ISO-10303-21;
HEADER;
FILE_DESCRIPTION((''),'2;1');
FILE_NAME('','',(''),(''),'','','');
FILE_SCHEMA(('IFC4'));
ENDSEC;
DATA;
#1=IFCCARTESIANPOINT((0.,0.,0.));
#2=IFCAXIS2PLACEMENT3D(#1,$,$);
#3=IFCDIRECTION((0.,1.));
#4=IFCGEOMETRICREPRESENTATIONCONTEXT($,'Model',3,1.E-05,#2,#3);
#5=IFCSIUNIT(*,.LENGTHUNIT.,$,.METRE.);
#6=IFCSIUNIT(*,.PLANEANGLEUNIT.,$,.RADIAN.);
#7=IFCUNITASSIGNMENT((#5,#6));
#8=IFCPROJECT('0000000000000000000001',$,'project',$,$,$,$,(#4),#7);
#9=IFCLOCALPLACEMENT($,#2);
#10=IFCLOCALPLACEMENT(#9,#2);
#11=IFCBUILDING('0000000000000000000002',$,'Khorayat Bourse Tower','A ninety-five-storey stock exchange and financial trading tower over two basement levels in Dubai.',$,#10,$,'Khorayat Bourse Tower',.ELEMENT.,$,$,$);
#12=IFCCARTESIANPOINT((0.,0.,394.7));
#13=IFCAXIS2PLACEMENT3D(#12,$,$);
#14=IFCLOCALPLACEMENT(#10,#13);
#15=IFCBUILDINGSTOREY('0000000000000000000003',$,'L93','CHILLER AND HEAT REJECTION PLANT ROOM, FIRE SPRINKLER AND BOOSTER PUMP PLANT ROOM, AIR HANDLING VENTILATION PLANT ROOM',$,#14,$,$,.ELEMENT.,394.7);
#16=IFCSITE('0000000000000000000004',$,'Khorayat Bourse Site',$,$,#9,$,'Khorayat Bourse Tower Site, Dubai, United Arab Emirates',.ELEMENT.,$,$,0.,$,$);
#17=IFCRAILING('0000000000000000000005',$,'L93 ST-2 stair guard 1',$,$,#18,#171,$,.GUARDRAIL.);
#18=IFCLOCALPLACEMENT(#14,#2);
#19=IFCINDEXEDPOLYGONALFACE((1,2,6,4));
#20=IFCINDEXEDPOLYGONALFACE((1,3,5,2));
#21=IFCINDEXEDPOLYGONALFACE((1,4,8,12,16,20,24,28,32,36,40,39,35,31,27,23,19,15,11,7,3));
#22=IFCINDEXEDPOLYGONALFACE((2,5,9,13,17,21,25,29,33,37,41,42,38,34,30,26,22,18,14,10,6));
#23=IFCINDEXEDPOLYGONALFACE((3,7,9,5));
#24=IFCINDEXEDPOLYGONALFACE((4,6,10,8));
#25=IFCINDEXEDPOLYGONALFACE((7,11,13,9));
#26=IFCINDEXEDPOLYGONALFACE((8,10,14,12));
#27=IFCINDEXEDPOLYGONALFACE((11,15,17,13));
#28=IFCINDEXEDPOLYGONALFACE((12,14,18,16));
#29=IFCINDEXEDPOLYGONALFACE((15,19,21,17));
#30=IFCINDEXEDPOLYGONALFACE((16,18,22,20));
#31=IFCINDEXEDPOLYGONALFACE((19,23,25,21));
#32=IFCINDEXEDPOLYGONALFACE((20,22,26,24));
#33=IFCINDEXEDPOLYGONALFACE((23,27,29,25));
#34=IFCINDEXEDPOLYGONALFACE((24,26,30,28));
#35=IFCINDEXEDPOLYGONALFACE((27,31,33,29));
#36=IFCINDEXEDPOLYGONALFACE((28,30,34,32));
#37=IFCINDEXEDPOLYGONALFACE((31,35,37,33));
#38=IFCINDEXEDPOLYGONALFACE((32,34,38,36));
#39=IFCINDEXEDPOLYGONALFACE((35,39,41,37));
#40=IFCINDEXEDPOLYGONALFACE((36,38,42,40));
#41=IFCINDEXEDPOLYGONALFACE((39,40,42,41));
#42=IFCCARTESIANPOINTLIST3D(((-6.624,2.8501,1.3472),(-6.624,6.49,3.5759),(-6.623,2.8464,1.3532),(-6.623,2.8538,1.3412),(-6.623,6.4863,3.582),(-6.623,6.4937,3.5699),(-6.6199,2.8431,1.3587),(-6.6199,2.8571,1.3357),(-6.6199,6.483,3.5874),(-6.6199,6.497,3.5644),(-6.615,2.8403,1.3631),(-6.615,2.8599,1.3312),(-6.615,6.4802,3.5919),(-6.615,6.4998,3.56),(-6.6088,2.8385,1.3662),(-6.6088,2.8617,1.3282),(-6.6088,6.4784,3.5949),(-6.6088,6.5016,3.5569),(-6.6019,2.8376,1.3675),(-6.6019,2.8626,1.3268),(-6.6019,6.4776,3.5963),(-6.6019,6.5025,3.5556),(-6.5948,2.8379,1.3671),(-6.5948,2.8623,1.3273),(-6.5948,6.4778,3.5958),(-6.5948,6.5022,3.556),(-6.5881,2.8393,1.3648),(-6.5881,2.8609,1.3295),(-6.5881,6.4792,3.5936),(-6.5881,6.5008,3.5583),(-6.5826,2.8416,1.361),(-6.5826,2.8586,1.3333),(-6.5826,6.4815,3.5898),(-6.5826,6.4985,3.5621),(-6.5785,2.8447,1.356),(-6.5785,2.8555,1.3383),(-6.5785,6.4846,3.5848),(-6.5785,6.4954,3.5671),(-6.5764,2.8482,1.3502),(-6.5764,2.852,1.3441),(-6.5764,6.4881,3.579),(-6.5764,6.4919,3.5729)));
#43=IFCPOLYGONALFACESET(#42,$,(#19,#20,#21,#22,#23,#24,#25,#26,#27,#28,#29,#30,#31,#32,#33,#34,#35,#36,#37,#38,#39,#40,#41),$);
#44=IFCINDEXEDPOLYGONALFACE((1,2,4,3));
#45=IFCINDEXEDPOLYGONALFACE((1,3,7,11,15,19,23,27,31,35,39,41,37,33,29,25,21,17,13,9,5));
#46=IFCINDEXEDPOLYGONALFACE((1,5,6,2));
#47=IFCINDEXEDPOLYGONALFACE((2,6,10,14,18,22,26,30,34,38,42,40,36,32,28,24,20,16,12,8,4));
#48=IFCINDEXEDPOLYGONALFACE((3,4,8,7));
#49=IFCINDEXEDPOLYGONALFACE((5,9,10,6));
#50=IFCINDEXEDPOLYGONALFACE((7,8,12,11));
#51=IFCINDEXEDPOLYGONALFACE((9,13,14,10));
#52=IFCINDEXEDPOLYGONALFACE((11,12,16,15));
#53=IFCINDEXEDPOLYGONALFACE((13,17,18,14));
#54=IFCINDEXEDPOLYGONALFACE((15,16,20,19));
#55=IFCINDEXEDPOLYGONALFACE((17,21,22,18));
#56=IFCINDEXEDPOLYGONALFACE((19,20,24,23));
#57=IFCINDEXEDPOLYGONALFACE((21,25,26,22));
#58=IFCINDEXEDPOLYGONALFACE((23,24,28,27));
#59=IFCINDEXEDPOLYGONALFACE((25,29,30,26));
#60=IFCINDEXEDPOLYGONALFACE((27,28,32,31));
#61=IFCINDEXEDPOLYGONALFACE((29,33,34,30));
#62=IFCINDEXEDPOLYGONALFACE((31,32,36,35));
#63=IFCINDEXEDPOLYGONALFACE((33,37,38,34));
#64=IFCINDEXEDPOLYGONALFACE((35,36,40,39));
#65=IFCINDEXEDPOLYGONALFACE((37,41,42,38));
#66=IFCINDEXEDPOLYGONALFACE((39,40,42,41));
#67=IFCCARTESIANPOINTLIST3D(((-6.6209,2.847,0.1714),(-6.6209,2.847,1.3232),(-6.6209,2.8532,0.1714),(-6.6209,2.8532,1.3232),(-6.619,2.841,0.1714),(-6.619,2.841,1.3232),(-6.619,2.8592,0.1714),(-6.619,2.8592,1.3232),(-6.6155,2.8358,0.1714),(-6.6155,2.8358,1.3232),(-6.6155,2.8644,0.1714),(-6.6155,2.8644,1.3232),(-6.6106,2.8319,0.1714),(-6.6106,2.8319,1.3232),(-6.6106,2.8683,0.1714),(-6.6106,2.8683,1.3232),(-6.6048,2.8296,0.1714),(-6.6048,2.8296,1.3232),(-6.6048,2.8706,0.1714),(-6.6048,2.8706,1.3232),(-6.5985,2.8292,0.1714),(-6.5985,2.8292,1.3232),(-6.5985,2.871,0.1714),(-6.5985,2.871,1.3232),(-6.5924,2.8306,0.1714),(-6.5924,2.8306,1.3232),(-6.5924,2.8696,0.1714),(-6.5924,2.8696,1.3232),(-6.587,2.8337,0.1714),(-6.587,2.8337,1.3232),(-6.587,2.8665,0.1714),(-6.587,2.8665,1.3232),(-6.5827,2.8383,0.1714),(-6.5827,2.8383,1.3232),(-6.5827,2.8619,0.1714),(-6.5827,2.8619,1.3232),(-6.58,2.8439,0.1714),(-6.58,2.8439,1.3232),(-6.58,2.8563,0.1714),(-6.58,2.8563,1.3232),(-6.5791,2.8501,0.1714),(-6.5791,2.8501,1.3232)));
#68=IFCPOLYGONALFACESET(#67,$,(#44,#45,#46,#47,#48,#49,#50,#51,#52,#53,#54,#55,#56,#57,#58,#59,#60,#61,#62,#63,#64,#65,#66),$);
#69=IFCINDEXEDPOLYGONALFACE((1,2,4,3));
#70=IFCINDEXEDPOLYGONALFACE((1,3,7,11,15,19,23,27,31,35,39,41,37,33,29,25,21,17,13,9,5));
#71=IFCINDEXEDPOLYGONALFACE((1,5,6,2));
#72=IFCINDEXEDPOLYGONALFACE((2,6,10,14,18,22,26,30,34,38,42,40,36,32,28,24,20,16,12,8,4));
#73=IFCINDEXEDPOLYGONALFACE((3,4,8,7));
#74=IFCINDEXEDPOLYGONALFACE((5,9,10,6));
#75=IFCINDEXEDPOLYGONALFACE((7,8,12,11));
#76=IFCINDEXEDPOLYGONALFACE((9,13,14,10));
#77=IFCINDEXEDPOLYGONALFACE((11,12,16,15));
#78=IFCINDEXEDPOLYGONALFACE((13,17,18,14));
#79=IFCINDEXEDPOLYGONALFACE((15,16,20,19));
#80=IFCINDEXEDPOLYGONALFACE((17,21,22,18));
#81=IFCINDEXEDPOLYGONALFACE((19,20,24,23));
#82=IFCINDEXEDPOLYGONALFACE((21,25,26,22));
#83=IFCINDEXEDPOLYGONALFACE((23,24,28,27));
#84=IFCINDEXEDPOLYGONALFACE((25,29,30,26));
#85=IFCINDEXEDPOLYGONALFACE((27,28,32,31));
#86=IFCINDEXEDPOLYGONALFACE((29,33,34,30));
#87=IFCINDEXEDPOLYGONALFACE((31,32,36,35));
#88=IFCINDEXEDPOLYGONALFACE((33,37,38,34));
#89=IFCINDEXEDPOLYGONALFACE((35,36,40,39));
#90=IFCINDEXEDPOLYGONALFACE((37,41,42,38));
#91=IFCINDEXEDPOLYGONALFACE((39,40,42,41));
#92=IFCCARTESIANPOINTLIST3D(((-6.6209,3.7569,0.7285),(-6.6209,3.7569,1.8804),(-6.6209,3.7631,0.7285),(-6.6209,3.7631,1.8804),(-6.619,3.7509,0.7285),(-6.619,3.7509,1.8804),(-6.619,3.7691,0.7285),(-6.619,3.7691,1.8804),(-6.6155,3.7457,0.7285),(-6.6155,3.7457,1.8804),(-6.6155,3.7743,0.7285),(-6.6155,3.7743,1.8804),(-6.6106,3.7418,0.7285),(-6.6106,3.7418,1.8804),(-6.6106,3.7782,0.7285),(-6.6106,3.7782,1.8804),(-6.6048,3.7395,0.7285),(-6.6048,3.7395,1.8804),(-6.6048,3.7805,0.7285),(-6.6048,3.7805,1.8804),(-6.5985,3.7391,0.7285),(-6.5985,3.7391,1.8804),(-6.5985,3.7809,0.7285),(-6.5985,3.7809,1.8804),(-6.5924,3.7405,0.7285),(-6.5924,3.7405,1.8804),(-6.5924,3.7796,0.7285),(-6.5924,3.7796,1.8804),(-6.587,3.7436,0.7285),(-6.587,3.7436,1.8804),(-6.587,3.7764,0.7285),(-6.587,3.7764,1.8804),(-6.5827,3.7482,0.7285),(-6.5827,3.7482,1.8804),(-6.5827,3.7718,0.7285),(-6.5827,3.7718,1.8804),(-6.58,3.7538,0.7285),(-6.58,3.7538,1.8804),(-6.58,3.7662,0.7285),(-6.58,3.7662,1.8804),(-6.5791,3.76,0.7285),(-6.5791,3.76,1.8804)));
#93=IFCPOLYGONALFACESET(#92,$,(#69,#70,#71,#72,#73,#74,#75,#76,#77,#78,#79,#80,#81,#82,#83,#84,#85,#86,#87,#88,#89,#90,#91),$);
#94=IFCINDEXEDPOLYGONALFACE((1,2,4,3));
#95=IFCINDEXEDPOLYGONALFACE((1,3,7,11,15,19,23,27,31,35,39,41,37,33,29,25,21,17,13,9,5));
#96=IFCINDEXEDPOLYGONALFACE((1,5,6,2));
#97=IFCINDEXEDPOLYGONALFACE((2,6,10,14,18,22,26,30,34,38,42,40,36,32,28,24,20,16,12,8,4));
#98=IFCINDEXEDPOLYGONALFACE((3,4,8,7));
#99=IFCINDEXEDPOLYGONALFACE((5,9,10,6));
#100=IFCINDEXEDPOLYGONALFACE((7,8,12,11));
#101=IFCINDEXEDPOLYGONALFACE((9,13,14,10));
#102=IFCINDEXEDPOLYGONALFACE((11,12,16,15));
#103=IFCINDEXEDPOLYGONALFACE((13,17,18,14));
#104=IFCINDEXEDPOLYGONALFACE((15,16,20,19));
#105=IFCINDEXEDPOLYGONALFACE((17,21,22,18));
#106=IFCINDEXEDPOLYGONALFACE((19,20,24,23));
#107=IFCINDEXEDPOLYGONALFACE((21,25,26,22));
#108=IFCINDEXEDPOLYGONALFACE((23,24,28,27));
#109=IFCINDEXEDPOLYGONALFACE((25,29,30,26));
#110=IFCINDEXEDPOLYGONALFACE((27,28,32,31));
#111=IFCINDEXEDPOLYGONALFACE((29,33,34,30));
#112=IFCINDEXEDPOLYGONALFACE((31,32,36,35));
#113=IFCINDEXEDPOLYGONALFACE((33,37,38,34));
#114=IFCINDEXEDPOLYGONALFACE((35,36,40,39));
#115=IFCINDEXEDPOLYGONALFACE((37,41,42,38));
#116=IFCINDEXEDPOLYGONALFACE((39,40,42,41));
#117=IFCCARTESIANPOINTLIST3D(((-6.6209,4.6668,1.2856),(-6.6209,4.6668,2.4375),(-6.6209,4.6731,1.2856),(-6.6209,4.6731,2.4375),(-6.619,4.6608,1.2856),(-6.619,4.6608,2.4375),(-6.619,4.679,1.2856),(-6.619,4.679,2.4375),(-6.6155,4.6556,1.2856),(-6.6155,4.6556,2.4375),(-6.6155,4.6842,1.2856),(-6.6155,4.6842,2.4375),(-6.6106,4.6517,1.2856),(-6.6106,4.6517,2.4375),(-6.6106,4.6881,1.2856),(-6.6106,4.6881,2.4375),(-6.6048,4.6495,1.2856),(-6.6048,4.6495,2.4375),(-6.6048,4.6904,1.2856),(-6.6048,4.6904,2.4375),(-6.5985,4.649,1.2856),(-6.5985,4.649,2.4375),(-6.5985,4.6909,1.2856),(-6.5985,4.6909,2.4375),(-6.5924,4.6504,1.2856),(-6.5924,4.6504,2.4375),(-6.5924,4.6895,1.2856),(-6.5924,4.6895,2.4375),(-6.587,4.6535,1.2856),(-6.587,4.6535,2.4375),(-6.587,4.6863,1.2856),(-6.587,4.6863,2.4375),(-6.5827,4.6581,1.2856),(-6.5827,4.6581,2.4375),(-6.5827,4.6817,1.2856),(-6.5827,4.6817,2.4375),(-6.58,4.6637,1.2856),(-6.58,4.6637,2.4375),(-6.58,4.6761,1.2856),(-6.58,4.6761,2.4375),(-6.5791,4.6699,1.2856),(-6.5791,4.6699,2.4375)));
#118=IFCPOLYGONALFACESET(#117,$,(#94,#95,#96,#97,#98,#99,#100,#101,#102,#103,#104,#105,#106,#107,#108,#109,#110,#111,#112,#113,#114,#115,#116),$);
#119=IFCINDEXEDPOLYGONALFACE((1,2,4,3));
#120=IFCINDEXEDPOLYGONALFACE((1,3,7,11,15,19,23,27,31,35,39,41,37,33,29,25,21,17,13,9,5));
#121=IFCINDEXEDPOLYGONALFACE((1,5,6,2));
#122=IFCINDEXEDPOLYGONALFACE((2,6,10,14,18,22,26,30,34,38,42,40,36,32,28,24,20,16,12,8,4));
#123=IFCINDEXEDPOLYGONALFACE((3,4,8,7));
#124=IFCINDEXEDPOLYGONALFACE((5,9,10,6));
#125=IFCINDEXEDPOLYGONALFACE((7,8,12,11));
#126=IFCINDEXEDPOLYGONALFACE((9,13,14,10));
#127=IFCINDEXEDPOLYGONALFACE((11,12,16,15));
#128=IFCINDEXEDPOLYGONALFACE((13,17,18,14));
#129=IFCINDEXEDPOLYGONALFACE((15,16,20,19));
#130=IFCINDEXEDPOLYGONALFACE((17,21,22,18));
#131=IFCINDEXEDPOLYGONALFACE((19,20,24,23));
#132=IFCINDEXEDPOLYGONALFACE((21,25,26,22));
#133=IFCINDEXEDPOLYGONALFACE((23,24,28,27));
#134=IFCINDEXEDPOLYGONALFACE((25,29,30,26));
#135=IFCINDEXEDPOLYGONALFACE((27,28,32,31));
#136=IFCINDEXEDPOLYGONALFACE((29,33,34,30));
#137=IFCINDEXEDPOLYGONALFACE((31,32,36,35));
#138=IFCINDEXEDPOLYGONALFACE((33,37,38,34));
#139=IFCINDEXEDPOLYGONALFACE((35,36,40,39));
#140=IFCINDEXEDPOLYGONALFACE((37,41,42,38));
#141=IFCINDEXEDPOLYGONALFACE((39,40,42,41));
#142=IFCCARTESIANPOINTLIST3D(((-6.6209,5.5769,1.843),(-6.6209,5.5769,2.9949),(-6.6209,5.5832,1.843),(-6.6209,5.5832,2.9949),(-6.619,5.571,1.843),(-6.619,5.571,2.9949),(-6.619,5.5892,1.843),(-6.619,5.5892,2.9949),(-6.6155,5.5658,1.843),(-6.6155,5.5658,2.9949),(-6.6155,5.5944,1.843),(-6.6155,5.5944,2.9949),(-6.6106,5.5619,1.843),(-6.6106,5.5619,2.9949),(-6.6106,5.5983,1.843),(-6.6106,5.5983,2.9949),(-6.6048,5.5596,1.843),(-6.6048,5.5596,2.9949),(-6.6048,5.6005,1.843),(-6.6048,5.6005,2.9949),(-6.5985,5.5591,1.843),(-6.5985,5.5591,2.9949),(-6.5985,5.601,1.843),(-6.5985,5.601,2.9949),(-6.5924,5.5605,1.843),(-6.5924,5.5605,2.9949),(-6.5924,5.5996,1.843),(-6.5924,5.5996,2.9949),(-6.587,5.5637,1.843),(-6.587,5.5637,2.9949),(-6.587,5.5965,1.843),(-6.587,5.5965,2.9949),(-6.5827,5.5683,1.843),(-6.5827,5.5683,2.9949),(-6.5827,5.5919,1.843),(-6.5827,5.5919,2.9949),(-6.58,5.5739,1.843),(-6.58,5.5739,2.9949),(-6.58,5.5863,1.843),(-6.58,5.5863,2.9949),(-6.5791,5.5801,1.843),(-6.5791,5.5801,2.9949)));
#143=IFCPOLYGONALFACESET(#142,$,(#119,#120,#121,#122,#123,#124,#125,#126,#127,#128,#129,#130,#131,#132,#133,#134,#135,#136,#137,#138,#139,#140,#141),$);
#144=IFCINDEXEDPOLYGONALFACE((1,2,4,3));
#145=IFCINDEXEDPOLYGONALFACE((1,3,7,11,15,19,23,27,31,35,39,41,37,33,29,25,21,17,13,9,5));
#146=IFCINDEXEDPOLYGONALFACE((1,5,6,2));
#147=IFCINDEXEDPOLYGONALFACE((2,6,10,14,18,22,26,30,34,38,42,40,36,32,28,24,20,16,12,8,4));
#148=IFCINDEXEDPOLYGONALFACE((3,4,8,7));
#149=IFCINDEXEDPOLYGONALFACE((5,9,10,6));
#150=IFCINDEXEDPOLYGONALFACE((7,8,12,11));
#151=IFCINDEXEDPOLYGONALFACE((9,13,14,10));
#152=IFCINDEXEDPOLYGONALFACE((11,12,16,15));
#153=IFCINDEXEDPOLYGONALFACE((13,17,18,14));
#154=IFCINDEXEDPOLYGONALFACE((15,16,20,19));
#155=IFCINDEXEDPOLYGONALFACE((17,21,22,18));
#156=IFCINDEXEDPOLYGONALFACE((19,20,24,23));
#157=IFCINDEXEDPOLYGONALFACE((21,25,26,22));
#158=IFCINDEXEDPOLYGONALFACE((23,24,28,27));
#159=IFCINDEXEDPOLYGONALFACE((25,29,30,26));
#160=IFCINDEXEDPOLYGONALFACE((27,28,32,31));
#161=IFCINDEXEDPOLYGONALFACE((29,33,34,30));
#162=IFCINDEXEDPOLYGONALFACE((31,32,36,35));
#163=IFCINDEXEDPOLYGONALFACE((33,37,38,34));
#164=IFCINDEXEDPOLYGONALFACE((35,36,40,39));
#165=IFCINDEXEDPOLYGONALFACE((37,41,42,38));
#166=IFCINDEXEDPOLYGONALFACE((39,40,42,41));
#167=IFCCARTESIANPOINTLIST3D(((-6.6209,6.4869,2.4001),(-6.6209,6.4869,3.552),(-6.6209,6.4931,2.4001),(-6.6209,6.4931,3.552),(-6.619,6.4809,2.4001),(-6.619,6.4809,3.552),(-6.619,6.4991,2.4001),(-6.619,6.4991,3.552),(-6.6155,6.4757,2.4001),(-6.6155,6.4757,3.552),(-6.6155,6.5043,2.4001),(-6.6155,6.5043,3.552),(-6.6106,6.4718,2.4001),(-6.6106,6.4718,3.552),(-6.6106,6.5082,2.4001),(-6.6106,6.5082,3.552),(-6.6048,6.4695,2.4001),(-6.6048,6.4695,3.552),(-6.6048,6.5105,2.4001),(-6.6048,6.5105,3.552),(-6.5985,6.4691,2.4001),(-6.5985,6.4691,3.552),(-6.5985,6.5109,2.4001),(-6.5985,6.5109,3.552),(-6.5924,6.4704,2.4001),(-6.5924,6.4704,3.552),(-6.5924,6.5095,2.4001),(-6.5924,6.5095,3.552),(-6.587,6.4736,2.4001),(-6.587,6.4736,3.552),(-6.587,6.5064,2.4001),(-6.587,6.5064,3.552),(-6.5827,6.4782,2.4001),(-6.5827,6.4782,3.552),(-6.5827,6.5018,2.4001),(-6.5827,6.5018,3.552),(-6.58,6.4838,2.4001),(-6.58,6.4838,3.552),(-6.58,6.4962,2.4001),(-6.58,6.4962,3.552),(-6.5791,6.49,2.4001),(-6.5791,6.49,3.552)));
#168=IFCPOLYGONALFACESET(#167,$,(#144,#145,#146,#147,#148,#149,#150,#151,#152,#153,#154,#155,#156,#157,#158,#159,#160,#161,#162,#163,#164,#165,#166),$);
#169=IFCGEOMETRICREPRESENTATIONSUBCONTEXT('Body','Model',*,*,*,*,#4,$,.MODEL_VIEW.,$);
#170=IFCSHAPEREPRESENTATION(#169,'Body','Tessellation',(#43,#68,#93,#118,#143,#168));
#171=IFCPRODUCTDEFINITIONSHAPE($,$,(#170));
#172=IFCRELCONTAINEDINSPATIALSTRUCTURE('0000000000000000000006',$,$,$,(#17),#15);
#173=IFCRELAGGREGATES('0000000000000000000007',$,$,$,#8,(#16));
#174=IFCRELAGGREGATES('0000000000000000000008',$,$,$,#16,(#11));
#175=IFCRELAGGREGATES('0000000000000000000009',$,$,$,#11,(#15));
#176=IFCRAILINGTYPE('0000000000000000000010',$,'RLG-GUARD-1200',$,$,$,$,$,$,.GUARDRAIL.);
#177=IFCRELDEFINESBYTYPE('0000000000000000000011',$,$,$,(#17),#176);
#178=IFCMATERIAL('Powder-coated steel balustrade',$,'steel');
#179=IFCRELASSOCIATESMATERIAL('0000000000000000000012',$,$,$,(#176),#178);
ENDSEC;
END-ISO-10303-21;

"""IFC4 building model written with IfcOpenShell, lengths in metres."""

from ifc_helpers import new_model, si_unit, direction, frame, origin, origin_2d, place, context, subcontext, project, spatial, circle, extrude, source, transform, mapped, material, type_object, element, save


model = new_model("IFC4")

# Units and contexts
model_context = context("Model", 3, precision=1e-05, world=origin(), true_north=direction((0.0, 1.0)))
body_context = subcontext(model_context, "Body", "Model", "MODEL_VIEW")
ifc_project = project(units=[si_unit("LENGTHUNIT", "METRE"), si_unit("PLANEANGLEUNIT", "RADIAN")], contexts=[model_context])

# Site, building, storey
site_placement = place(None, origin())
site = spatial("IfcSite", under=ifc_project, at=site_placement, Name="Khorayat Bourse Site", LongName="Khorayat Bourse Tower Site, Dubai, United Arab Emirates", CompositionType="ELEMENT", RefElevation=0.0)
building_placement = place(site_placement, origin())
building = spatial("IfcBuilding", under=site, at=building_placement, Name="Khorayat Bourse Tower", Description="A ninety-five-storey stock exchange and financial trading tower over two basement levels in Dubai.", LongName="Khorayat Bourse Tower", CompositionType="ELEMENT")
storey_placement = place(building_placement, frame((0.0, 0.0, 394.7)))
storey = spatial("IfcBuildingStorey", under=building, at=storey_placement, Name="L93", Description="CHILLER AND HEAT REJECTION PLANT ROOM, FIRE SPRINKLER AND BOOSTER PUMP PLANT ROOM, AIR HANDLING VENTILATION PLANT ROOM", CompositionType="ELEMENT", Elevation=394.7)

# Railing
ifc_material_1 = material(Name="Powder-coated steel balustrade", Category="steel")
railing_type_1 = type_object("IfcRailingType", Name="RLG-GUARD-1200", PredefinedType="GUARDRAIL", material=ifc_material_1)
shared_shape_1 = source(origin(), body_context, "Body", "SweptSolid", [
    extrude(circle(Radius=0.0239, at=origin_2d()), frame((0.0, 0.0, 1.1758), z_axis=(0.0, 0.852825, 0.522197), x_axis=(-1.0, 0.0, 0.0)), (0.0, 0.0, 1.0), 4.2681),
    extrude(circle(Radius=0.021, at=origin_2d()), origin(), (0.0, 0.0, 1.0), 1.1519),
    extrude(circle(Radius=0.021, at=origin_2d()), frame((0.0, 0.9099, 0.5571)), (0.0, 0.0, 1.0), 1.1519),
    extrude(circle(Radius=0.021, at=origin_2d()), frame((0.0, 1.8198, 1.1143)), (0.0, 0.0, 1.0), 1.1519),
    extrude(circle(Radius=0.021, at=origin_2d()), frame((0.0, 2.73, 1.6716)), (0.0, 0.0, 1.0), 1.1519),
    extrude(circle(Radius=0.021, at=origin_2d()), frame((0.0, 3.6399, 2.2288)), (0.0, 0.0, 1.0), 1.1519),
])
railing_1_placement = place(storey_placement, frame((-6.6001, 2.8501, 0.1714)))
element("IfcRailing", 1, at=railing_1_placement, inside=storey, type_object=railing_type_1, Name="L93 ST-2 stair guard 1", PredefinedType="GUARDRAIL", context=body_context, shape_type="MappedRepresentation", body=[
    mapped(shared_shape_1, transform((0.0, 0.0, 0.0), scale=1.0)),
])

save(model, "model.ifc")
